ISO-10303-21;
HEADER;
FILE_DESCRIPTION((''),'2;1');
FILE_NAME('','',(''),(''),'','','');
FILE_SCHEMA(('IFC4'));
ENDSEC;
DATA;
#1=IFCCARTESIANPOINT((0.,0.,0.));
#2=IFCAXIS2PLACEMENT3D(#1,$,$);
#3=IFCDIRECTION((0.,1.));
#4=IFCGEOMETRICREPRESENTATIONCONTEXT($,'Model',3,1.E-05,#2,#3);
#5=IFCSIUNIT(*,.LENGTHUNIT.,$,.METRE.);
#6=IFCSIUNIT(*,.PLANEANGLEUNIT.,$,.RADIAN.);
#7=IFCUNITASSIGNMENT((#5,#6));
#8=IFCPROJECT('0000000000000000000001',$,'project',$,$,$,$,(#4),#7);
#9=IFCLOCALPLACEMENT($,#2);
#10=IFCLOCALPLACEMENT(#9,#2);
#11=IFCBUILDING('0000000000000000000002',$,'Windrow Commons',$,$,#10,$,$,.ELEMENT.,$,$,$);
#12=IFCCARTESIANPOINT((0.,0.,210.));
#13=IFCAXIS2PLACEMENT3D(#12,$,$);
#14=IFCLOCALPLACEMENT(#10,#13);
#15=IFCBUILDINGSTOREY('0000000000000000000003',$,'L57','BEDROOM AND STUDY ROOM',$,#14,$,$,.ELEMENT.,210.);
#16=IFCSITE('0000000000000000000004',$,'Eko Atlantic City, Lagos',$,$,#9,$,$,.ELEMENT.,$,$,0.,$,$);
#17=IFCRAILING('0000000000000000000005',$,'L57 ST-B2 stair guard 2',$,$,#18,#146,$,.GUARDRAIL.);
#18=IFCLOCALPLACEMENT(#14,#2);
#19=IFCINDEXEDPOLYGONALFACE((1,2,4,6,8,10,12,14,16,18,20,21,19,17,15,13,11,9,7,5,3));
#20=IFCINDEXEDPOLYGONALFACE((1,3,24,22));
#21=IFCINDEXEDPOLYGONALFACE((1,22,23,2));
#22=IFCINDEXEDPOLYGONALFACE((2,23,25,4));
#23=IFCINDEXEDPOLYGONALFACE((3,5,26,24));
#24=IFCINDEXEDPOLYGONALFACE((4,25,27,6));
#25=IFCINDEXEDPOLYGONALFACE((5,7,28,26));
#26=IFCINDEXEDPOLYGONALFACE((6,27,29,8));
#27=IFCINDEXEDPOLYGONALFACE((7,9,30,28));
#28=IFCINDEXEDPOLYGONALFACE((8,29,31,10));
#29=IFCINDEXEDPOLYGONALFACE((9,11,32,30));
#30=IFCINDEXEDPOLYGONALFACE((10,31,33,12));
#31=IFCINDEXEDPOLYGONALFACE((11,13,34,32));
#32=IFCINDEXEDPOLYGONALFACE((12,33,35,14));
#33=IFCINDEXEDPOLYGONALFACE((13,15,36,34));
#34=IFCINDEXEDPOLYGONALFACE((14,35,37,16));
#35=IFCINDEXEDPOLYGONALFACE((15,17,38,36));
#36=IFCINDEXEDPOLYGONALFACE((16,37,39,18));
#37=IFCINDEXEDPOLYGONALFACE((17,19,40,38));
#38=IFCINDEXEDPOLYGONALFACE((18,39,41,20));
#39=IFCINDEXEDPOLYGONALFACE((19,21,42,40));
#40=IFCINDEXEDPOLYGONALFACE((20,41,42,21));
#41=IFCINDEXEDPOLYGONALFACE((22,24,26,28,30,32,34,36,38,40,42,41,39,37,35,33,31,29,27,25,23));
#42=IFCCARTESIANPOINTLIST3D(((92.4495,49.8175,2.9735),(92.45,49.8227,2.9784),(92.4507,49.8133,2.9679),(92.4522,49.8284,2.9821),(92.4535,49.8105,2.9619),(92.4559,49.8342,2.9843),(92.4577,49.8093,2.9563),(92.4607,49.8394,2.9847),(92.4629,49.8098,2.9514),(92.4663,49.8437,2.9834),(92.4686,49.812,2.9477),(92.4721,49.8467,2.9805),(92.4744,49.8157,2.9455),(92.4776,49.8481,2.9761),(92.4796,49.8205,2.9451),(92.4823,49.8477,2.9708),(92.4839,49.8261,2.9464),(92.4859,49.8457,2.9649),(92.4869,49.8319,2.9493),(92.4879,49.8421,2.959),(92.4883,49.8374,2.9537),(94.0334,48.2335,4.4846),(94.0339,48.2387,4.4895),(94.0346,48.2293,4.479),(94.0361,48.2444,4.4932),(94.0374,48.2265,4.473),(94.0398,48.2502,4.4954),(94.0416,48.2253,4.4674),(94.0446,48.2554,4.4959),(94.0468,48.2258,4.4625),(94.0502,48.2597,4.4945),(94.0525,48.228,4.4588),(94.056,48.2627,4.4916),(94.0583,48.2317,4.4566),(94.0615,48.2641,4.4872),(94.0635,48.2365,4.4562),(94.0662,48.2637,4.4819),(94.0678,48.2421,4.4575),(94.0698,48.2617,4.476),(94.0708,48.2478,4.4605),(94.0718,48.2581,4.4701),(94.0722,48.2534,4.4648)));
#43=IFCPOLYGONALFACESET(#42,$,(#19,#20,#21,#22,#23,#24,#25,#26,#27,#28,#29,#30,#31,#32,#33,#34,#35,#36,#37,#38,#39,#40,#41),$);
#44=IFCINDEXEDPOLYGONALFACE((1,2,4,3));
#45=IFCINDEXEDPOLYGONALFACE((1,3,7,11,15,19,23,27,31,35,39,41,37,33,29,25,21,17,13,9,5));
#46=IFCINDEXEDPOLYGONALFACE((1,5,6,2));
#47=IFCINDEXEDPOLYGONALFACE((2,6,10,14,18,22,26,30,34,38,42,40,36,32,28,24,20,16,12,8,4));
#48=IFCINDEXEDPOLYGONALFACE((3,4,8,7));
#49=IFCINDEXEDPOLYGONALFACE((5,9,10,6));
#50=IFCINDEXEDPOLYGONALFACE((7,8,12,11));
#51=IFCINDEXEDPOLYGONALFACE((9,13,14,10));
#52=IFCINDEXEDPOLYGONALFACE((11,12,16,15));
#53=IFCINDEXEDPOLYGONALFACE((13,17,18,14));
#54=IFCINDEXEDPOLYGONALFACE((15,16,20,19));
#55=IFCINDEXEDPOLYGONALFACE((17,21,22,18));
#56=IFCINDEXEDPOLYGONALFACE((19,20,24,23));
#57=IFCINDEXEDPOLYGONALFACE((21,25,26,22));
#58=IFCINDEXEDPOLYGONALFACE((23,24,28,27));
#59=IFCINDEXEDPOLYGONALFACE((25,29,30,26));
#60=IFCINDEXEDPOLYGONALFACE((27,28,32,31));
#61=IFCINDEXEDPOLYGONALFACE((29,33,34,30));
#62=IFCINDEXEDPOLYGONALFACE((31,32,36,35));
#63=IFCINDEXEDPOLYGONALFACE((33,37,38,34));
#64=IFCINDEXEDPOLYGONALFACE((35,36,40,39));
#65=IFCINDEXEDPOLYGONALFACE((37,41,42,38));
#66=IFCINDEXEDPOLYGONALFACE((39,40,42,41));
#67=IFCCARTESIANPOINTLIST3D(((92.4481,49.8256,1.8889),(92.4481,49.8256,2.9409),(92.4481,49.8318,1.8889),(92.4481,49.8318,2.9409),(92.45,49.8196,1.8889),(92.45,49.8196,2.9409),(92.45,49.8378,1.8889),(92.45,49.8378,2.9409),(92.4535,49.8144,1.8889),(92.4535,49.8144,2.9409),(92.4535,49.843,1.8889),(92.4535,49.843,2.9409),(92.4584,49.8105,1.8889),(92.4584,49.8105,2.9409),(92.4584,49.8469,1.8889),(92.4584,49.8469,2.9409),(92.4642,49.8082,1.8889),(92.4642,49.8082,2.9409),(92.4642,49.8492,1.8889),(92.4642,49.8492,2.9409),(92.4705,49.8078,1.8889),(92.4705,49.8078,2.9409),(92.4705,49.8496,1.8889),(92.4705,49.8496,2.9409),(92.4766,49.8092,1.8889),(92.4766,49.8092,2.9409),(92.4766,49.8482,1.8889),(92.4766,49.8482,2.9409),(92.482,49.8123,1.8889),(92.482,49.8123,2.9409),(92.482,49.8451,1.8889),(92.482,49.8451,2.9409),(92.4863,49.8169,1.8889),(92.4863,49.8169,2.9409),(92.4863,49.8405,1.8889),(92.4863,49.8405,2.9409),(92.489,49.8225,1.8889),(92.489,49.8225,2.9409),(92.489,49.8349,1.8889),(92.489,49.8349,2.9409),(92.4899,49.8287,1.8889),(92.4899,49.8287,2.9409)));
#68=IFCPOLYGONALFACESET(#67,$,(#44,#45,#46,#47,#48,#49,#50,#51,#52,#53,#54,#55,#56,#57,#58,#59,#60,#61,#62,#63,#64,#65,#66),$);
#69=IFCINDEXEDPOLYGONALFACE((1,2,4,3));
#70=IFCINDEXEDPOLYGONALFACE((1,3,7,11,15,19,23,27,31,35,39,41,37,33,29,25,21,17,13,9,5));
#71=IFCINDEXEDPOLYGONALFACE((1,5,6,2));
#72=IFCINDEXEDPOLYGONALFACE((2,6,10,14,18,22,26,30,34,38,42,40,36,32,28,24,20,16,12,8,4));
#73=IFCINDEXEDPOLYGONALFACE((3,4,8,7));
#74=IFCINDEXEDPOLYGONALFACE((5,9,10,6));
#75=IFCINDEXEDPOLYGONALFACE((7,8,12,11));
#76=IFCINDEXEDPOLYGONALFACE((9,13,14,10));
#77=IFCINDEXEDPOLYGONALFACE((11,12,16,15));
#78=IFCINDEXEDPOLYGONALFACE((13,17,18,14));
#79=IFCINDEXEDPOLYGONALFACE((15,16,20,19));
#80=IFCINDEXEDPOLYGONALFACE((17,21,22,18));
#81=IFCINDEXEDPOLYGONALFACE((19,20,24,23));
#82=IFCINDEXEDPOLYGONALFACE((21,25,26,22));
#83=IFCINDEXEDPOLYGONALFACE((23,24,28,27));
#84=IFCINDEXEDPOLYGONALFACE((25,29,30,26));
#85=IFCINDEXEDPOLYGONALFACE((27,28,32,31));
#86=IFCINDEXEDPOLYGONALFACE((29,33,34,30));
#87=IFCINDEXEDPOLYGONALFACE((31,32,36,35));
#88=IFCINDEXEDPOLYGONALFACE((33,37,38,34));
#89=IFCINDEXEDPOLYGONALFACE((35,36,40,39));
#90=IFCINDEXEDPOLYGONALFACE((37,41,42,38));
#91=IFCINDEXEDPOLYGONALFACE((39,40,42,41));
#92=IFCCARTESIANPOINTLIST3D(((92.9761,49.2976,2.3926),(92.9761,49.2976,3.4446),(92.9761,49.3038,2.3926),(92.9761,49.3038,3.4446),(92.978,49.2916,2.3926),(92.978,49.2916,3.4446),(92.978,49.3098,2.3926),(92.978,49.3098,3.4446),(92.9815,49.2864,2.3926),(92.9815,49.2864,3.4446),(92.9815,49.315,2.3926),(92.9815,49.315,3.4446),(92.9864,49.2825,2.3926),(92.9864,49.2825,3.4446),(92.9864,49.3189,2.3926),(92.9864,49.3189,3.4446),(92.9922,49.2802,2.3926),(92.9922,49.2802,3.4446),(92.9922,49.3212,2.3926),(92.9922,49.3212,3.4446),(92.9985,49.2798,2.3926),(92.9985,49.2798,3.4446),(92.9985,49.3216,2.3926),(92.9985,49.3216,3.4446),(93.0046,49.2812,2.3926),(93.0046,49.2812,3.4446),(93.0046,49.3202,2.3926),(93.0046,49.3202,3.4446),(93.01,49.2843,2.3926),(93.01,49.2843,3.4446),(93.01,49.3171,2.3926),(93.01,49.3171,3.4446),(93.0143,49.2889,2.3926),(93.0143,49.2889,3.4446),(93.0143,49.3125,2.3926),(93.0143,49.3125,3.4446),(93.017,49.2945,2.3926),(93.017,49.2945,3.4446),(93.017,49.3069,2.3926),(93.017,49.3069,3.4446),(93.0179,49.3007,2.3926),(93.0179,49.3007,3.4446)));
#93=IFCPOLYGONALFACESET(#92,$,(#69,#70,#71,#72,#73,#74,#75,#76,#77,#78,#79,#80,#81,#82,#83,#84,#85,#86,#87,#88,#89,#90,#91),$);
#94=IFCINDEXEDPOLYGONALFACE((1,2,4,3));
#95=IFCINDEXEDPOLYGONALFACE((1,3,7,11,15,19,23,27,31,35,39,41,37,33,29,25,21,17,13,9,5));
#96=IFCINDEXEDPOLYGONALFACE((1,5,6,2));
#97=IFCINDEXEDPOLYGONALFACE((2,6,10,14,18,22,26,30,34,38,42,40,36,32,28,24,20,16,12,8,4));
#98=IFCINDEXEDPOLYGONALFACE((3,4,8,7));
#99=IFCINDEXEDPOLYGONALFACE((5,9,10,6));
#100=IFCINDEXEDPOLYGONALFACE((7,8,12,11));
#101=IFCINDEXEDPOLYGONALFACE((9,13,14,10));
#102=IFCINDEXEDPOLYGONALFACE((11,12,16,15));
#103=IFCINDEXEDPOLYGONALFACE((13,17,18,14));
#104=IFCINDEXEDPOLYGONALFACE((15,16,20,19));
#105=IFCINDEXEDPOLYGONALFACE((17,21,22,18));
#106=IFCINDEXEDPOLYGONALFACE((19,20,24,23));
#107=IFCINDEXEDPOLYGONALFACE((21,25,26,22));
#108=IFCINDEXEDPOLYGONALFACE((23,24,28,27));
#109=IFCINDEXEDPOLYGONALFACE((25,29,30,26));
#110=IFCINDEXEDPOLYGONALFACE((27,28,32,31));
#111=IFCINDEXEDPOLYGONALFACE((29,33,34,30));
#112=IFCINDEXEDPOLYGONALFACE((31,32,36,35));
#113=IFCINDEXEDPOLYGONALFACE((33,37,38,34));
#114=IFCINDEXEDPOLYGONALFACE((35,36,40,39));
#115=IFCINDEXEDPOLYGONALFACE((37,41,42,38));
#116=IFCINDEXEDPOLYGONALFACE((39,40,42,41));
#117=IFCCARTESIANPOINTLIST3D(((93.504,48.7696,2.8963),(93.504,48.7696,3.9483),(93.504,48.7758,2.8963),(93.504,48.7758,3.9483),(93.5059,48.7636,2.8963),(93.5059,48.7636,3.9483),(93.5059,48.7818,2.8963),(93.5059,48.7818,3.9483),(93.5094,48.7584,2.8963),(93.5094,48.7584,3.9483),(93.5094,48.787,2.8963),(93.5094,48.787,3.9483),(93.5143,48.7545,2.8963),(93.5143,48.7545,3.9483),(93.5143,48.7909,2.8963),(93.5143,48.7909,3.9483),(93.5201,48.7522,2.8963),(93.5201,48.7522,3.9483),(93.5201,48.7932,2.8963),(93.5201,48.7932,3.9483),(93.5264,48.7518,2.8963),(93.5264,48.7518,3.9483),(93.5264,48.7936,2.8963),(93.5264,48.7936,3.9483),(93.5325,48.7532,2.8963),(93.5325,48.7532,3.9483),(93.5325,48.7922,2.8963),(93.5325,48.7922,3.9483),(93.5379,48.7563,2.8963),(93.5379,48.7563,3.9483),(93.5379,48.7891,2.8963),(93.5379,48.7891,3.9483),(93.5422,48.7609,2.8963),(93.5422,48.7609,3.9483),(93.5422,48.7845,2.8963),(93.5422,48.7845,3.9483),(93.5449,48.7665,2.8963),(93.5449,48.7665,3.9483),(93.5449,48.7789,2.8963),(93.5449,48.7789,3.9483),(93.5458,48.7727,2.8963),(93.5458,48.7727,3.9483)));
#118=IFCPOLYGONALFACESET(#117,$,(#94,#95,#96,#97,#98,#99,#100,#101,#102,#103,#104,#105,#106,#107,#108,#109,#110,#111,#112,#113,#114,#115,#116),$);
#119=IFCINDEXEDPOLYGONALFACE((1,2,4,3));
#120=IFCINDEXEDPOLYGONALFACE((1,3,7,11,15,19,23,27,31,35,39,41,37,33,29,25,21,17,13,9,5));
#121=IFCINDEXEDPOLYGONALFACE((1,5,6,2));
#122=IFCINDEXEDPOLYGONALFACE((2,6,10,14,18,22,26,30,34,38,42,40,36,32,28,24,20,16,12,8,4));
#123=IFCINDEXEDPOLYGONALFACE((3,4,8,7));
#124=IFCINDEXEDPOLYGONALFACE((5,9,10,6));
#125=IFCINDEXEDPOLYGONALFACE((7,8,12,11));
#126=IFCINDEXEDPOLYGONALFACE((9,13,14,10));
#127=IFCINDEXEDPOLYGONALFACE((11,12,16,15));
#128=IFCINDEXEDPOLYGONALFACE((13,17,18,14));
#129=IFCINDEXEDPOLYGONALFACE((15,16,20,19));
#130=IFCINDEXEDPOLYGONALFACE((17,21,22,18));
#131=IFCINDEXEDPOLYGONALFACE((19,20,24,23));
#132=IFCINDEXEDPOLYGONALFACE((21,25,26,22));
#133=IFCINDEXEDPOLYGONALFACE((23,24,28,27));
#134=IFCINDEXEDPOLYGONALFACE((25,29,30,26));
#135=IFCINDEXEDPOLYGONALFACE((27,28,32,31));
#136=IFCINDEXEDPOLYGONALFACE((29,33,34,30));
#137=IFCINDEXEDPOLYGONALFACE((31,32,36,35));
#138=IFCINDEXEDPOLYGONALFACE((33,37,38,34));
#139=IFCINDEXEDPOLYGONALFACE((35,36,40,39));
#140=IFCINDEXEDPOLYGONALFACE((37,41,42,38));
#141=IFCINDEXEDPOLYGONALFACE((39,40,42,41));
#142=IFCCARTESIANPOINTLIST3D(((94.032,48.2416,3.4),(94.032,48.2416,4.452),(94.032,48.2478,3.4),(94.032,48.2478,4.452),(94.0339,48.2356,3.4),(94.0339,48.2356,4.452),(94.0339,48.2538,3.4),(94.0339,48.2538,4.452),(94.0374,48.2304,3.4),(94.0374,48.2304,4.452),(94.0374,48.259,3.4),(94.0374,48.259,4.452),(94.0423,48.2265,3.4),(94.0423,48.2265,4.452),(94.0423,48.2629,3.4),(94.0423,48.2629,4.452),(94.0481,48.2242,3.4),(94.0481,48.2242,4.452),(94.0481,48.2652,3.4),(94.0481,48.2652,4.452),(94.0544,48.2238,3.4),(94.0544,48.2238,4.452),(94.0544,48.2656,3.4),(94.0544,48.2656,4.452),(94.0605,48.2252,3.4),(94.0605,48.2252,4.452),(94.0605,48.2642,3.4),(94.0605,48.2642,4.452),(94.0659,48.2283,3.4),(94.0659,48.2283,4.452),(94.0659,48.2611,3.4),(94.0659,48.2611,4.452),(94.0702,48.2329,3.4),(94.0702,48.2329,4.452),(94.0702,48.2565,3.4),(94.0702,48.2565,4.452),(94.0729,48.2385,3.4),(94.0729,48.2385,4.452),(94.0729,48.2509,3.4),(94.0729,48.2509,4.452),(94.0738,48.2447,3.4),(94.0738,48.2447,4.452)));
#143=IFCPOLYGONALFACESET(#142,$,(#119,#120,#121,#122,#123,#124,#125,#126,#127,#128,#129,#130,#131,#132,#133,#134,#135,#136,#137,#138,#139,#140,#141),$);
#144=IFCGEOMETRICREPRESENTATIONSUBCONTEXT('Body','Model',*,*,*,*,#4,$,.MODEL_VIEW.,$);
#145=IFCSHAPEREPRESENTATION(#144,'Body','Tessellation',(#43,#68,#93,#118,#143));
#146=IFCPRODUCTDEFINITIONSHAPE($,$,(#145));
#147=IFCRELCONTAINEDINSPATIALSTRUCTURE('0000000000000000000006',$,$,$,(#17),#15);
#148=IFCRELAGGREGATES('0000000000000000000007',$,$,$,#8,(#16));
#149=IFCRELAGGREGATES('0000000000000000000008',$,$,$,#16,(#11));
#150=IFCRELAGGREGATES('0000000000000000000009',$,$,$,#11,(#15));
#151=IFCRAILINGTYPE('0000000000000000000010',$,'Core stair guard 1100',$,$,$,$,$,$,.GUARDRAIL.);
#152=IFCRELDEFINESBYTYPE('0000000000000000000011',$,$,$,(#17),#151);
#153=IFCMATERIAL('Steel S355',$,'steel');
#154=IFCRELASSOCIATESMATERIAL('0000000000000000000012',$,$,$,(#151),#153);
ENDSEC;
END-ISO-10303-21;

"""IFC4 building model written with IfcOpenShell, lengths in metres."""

from ifc_helpers import new_model, si_unit, direction, frame, origin, origin_2d, place, context, subcontext, project, spatial, circle, extrude, material, type_object, element, save


model = new_model("IFC4")

# Units and contexts
model_context = context("Model", 3, precision=1e-05, world=origin(), true_north=direction((0.0, 1.0)))
body_context = subcontext(model_context, "Body", "Model", "MODEL_VIEW")
ifc_project = project(units=[si_unit("LENGTHUNIT", "METRE"), si_unit("PLANEANGLEUNIT", "RADIAN")], contexts=[model_context])

# Site, building, storey
site_placement = place(None, origin())
site = spatial("IfcSite", under=ifc_project, at=site_placement, Name="Eko Atlantic City, Lagos", CompositionType="ELEMENT", RefElevation=0.0)
building_placement = place(site_placement, origin())
building = spatial("IfcBuilding", under=site, at=building_placement, Name="Windrow Commons", CompositionType="ELEMENT")
storey_placement = place(building_placement, frame((0.0, 0.0, 210.0)))
storey = spatial("IfcBuildingStorey", under=building, at=storey_placement, Name="L57", Description="BEDROOM AND STUDY ROOM", CompositionType="ELEMENT", Elevation=210.0)

# Railing
ifc_material_1 = material(Name="Steel S355", Category="steel")
railing_type_1 = type_object("IfcRailingType", Name="Core stair guard 1100", PredefinedType="GUARDRAIL", material=ifc_material_1)
railing_1_placement = place(storey_placement, frame((92.4689, 49.8287, 1.8889)))
element("IfcRailing", 1, at=railing_1_placement, inside=storey, type_object=railing_type_1, Name="L57 ST-B2 stair guard 2", PredefinedType="GUARDRAIL", context=body_context, shape_type="SweptSolid", body=[
    extrude(circle(Radius=0.024, at=origin_2d()), frame((0.0, 0.0, 1.076), z_axis=(0.586179, -0.586216, 0.559237), x_axis=(0.707129, 0.707084, 0.0)), (0.0, 0.0, 1.0), 2.7021),
    extrude(circle(Radius=0.021, at=origin_2d()), origin(), (0.0, 0.0, 1.0), 1.052),
    extrude(circle(Radius=0.021, at=origin_2d()), frame((0.528, -0.528, 0.5037)), (0.0, 0.0, 1.0), 1.052),
    extrude(circle(Radius=0.021, at=origin_2d()), frame((1.0559, -1.056, 1.0074)), (0.0, 0.0, 1.0), 1.052),
    extrude(circle(Radius=0.021, at=origin_2d()), frame((1.5839, -1.584, 1.5111)), (0.0, 0.0, 1.0), 1.052),
])

save(model, "model.ifc")
